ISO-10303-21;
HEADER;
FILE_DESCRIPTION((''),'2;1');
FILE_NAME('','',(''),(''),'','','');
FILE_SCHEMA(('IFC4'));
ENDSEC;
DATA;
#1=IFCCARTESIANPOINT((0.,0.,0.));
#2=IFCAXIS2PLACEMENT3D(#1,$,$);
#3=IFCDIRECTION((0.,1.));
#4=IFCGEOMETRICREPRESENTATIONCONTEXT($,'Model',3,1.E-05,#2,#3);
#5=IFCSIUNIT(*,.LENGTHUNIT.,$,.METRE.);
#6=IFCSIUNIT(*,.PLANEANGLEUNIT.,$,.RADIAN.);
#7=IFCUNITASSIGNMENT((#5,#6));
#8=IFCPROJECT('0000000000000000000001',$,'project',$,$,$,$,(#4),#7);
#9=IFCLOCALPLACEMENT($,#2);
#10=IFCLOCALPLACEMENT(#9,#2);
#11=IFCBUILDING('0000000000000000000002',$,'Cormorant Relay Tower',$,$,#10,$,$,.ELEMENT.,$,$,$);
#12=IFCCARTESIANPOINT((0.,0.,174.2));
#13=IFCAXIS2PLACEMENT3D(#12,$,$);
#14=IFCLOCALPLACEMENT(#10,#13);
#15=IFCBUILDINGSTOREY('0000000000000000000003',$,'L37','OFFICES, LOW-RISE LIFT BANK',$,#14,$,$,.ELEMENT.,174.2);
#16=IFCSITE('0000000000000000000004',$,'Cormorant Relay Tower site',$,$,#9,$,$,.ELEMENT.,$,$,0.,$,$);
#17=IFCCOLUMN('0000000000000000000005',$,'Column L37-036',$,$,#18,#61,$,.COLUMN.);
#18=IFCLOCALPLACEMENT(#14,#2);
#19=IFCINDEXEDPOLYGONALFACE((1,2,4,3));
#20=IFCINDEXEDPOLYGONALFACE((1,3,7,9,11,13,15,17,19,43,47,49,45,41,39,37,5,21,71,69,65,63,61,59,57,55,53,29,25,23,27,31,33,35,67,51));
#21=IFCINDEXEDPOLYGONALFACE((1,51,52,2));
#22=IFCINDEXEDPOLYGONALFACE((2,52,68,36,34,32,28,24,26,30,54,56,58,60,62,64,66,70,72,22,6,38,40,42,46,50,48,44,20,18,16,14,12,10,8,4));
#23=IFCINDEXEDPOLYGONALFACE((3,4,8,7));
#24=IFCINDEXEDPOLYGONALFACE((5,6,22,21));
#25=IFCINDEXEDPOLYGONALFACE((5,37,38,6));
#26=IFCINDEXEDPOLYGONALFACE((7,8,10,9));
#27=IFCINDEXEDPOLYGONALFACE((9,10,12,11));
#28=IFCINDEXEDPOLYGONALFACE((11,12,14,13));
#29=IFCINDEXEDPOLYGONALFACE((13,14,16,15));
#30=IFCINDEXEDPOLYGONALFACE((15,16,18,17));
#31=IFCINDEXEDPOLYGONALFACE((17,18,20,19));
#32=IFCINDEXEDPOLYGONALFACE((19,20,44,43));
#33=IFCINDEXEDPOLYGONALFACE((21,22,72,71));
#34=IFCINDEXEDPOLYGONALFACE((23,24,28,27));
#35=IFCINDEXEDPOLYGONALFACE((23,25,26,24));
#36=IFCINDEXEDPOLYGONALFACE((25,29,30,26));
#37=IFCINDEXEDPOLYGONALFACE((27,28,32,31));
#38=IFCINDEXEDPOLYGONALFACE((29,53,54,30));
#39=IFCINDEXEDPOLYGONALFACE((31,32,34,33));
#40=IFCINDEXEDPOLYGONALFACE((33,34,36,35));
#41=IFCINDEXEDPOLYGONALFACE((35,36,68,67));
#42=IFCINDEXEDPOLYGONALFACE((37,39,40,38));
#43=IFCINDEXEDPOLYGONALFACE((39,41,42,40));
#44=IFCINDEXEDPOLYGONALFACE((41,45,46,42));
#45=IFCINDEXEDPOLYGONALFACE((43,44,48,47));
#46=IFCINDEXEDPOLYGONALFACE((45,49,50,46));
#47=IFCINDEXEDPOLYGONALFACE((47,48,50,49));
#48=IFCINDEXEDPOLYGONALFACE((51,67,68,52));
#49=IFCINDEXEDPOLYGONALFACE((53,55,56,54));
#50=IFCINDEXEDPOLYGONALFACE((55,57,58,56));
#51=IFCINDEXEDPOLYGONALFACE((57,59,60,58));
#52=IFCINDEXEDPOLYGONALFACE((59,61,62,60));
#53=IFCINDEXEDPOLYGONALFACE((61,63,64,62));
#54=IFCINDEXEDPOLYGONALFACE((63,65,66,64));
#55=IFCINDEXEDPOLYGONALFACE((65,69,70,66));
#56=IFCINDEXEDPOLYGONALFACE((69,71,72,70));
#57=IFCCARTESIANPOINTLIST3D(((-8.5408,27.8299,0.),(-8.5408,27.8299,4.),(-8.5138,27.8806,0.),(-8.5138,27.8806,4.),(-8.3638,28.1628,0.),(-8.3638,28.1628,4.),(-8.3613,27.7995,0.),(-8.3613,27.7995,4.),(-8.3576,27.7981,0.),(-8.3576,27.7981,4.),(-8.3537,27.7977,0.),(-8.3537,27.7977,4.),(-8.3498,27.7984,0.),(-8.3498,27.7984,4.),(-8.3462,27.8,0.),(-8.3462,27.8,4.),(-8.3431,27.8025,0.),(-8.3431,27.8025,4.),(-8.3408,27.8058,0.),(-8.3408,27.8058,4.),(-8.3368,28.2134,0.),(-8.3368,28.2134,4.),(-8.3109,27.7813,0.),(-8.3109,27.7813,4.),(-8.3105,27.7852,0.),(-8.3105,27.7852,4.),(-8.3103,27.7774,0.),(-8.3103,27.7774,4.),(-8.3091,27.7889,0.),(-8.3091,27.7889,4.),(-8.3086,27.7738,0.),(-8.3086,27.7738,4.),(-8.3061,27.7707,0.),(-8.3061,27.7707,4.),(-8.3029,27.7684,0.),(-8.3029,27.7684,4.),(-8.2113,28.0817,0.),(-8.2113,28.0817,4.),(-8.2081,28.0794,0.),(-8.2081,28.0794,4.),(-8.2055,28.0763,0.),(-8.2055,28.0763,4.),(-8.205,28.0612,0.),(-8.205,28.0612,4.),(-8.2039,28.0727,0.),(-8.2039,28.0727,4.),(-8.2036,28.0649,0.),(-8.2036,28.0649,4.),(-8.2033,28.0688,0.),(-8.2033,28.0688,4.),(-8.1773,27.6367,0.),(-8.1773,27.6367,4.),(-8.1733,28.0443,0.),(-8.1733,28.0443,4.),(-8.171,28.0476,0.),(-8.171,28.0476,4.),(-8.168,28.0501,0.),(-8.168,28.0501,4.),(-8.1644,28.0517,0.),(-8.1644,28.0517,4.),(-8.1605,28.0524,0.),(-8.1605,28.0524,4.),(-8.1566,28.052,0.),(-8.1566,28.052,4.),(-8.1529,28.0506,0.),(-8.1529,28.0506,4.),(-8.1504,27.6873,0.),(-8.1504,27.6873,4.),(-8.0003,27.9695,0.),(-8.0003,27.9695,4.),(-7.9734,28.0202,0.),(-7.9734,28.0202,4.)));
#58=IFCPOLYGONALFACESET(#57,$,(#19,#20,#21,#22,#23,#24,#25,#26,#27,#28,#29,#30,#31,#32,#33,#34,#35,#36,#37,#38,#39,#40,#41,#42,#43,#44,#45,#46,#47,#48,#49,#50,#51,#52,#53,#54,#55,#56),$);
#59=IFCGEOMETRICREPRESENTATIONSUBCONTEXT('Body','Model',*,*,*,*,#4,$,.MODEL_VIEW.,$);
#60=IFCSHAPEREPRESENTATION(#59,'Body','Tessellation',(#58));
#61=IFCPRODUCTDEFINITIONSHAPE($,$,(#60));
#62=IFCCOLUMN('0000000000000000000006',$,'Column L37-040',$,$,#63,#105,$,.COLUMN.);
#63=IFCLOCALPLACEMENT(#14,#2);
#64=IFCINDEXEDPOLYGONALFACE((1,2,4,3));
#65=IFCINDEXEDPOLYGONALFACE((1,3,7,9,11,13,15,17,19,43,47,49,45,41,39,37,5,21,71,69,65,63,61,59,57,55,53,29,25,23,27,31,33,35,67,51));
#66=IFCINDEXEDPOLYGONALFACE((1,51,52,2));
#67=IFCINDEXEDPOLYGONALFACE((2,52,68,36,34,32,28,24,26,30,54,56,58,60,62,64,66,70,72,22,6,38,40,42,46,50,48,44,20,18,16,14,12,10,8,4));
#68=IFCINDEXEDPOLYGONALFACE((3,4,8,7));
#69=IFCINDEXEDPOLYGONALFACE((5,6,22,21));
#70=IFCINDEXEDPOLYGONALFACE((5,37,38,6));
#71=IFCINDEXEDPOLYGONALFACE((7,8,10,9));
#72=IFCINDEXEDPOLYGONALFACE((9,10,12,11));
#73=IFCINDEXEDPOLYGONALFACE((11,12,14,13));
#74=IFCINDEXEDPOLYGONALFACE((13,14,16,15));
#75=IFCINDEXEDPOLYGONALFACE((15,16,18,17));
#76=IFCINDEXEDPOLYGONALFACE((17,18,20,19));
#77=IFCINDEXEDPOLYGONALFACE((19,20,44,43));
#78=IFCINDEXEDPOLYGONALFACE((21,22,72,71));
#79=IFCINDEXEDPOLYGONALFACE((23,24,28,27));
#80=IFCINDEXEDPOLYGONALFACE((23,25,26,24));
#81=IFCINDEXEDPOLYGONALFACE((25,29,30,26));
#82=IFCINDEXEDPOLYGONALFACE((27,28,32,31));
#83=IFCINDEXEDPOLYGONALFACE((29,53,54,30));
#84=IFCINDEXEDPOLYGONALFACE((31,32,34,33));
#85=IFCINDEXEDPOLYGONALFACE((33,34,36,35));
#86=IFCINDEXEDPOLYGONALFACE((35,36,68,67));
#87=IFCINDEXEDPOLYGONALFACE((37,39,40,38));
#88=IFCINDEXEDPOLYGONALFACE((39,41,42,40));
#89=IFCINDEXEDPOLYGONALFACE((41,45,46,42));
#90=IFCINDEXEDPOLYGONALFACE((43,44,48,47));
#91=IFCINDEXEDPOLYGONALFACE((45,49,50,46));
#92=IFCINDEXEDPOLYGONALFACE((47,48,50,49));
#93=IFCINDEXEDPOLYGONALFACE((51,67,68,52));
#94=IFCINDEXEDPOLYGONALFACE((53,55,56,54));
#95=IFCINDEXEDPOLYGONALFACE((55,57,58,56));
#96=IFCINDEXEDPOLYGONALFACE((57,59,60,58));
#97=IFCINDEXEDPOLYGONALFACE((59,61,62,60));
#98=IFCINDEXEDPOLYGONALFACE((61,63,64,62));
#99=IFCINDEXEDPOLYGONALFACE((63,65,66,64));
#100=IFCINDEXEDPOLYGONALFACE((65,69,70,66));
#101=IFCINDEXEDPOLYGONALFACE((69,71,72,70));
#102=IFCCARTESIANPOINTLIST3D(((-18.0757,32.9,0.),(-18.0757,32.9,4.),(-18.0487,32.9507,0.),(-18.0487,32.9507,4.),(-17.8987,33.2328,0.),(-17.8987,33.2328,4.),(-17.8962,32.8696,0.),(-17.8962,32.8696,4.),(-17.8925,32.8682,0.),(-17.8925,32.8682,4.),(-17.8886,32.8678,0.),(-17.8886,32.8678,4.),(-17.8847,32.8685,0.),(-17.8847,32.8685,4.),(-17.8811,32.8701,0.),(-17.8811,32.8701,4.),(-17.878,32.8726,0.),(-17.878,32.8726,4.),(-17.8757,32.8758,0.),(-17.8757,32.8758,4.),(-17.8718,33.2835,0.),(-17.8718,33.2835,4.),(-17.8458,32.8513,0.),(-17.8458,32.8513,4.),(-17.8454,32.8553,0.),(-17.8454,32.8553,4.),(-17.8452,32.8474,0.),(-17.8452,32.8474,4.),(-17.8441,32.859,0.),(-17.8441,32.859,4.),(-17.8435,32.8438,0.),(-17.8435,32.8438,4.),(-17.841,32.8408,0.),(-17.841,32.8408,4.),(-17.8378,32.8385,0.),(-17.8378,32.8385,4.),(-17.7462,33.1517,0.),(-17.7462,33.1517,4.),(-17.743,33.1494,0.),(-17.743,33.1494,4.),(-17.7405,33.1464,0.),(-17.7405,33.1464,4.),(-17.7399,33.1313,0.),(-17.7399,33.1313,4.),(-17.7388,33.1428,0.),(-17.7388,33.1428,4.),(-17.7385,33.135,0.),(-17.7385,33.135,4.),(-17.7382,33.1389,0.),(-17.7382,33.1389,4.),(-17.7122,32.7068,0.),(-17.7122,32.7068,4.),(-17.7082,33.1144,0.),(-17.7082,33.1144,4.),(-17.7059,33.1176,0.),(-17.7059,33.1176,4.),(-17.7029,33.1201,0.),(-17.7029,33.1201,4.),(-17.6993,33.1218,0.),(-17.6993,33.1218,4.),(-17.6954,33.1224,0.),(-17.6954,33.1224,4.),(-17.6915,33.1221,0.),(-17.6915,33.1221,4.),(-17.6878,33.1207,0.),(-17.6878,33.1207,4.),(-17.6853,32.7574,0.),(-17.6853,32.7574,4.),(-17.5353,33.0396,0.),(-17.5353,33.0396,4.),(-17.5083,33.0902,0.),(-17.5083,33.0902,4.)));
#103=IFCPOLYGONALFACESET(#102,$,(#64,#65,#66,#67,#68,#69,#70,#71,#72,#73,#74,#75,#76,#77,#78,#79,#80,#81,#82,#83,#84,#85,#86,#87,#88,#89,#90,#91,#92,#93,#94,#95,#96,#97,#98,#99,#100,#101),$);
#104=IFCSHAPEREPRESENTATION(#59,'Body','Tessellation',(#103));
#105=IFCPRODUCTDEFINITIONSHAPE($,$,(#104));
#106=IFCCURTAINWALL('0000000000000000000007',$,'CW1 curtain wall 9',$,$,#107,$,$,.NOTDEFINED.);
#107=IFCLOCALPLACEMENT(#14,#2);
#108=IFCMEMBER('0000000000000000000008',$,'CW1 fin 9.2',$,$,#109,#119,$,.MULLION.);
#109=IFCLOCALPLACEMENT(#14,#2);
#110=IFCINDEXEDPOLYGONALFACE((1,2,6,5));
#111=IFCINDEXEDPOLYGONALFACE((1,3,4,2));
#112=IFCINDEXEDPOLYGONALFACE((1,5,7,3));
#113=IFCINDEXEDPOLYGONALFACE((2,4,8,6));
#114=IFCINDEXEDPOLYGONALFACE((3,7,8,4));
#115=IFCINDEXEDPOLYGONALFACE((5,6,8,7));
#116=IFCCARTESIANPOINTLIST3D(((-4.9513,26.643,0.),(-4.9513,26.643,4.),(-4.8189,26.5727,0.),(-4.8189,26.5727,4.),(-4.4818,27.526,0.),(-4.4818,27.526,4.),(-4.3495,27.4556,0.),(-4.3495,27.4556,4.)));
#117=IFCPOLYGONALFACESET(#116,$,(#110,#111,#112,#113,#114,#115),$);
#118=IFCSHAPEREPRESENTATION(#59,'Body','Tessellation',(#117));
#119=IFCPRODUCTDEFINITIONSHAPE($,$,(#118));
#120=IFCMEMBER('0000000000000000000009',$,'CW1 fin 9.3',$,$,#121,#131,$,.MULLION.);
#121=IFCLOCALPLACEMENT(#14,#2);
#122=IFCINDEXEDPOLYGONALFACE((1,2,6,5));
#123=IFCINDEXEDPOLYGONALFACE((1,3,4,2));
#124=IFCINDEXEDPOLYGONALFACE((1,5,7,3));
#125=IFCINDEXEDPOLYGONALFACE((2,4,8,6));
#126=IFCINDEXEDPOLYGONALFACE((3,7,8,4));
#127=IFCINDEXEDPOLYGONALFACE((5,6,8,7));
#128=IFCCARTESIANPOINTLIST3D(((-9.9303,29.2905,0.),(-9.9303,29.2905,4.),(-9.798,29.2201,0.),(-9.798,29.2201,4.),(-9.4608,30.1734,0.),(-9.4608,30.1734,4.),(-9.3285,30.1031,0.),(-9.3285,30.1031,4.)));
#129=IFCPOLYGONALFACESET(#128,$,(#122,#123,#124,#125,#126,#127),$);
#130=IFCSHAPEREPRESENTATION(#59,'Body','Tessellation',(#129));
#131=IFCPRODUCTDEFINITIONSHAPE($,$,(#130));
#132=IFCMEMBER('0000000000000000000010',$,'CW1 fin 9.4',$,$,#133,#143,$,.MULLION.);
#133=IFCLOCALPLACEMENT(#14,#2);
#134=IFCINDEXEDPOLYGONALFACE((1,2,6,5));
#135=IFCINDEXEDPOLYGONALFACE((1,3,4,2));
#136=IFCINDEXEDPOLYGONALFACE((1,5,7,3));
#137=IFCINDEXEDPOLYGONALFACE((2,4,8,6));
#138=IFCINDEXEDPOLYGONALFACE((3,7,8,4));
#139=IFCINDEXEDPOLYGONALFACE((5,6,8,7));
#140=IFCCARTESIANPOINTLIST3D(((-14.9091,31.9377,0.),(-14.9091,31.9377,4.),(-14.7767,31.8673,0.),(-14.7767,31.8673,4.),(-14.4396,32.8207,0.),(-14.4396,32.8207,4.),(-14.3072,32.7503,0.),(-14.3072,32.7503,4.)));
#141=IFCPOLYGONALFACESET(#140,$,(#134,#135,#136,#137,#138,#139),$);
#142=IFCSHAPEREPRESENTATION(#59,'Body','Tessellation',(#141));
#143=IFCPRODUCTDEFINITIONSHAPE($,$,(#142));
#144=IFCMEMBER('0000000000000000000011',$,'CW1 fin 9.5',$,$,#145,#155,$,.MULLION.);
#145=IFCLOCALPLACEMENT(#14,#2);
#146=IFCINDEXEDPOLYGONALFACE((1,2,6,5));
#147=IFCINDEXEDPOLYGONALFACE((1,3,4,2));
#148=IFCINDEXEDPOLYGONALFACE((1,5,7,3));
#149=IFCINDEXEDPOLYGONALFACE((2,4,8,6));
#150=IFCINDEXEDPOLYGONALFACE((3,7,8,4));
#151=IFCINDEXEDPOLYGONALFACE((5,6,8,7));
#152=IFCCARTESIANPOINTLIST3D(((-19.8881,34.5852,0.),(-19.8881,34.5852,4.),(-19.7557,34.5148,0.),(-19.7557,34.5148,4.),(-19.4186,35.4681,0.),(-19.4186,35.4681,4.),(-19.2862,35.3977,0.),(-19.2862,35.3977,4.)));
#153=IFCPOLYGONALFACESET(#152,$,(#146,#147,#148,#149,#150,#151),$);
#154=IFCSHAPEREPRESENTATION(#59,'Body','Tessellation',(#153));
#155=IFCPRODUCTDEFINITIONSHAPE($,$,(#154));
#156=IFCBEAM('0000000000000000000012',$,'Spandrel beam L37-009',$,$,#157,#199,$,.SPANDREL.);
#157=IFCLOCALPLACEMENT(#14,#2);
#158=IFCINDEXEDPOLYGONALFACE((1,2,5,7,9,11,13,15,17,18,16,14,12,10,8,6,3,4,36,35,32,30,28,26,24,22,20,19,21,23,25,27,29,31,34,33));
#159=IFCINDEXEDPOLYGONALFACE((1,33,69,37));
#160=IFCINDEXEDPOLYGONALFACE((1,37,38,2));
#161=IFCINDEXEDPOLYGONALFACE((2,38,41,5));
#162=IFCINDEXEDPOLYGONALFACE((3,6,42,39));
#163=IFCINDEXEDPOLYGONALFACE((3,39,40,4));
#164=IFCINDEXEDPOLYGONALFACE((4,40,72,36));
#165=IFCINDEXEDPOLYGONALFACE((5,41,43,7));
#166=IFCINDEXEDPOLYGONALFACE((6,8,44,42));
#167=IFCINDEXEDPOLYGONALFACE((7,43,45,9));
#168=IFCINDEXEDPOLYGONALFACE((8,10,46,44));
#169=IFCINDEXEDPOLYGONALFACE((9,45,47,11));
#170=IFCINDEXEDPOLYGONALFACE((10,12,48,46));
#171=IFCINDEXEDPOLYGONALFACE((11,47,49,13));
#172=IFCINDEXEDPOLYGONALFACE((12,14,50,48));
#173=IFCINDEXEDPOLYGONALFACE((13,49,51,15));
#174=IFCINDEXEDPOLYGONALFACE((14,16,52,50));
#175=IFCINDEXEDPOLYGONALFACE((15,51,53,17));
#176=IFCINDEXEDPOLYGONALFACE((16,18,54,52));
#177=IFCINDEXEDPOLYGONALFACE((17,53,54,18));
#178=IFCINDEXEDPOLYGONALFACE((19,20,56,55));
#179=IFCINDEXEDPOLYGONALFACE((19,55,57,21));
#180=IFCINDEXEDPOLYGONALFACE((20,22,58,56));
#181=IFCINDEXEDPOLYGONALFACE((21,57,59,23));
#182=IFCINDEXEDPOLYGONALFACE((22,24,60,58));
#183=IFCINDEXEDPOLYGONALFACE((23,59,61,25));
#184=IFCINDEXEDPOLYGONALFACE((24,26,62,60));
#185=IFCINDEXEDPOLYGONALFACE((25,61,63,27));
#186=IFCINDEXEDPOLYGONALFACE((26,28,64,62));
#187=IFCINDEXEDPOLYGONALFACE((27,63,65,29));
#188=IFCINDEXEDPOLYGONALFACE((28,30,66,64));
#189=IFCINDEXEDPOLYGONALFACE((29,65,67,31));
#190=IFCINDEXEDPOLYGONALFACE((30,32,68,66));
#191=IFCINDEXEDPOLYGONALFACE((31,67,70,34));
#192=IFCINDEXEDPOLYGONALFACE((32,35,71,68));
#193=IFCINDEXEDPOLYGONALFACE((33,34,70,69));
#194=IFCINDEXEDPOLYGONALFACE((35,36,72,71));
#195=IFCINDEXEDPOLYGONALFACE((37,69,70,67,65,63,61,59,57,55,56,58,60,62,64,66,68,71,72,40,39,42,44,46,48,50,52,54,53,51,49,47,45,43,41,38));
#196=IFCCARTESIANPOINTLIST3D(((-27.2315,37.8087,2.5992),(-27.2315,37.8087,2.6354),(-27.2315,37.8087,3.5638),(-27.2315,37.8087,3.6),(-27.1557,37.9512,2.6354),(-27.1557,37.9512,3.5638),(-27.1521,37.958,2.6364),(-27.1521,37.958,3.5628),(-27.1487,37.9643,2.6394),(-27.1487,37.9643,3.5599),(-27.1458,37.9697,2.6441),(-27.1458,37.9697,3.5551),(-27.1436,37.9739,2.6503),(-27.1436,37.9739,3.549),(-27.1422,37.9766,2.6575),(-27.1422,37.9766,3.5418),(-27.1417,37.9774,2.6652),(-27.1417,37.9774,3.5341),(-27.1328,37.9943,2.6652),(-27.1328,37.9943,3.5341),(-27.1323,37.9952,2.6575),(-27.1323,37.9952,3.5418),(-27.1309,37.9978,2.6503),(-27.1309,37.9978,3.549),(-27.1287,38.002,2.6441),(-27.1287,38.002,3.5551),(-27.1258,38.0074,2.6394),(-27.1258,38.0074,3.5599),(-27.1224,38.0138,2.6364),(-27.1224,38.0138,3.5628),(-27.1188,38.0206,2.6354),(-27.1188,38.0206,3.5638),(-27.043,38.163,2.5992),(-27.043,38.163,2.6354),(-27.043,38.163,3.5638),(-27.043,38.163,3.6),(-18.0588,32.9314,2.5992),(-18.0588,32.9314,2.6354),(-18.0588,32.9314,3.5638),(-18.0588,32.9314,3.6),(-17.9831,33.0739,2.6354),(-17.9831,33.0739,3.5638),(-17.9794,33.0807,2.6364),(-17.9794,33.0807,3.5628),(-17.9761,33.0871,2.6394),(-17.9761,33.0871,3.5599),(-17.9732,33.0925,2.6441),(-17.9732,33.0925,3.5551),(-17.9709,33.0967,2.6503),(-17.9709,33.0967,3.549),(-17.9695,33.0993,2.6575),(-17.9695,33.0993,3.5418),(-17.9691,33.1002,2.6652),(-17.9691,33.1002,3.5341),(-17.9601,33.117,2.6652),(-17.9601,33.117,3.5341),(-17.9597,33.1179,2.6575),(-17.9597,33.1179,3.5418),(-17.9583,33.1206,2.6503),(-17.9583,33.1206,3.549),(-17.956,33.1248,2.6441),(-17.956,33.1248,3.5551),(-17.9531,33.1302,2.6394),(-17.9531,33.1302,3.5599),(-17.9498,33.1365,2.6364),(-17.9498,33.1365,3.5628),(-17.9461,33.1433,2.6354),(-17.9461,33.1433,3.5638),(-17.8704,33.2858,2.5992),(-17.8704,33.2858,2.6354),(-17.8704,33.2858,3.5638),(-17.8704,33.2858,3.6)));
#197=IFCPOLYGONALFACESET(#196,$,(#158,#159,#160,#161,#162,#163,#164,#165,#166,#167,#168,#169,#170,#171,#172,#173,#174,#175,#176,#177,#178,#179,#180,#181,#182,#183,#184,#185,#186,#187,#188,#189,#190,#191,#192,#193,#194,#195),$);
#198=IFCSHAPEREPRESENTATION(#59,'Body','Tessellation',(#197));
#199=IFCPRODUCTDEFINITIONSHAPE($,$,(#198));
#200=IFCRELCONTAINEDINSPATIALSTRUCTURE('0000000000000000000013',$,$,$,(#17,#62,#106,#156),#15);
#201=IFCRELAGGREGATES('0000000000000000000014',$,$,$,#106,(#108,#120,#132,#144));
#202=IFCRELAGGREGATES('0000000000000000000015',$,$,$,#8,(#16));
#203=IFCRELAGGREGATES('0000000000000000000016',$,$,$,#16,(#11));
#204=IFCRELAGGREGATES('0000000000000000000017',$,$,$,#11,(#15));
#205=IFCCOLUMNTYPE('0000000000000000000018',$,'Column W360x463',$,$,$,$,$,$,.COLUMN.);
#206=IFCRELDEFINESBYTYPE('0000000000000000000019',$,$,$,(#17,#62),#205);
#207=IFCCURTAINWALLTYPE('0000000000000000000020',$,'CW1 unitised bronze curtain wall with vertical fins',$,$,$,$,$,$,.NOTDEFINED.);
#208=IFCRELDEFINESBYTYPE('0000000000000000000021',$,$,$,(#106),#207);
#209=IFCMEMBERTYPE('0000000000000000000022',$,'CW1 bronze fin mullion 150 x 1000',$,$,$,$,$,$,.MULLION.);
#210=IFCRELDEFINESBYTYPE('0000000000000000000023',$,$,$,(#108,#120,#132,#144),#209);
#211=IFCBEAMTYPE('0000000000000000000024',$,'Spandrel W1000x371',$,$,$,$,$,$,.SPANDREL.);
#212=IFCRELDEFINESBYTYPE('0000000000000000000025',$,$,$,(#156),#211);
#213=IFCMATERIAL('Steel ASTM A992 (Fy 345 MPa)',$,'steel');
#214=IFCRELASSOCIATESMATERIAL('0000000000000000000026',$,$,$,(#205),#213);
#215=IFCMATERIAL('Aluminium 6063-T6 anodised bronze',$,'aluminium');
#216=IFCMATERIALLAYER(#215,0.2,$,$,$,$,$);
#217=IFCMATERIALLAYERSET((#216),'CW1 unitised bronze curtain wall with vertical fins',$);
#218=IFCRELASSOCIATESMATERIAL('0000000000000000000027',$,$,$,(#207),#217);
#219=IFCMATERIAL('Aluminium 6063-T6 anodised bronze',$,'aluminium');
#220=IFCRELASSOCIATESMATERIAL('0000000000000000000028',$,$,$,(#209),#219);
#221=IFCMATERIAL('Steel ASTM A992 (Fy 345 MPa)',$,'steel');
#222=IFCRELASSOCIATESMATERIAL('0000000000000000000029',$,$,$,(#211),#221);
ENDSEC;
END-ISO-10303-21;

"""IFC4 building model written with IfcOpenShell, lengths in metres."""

from ifc_helpers import new_model, si_unit, direction, frame, origin, origin_2d, place, context, subcontext, project, spatial, rectangle, i_section, extrude, material, layer, layer_set, material_profile, profile_set, type_object, element, aggregate, save


model = new_model("IFC4")

# Units and contexts
model_context = context("Model", 3, precision=1e-05, world=origin(), true_north=direction((0.0, 1.0)))
body_context = subcontext(model_context, "Body", "Model", "MODEL_VIEW")
ifc_project = project(units=[si_unit("LENGTHUNIT", "METRE"), si_unit("PLANEANGLEUNIT", "RADIAN")], contexts=[model_context])

# Site, building, storey
site_placement = place(None, origin())
site = spatial("IfcSite", under=ifc_project, at=site_placement, Name="Cormorant Relay Tower site", CompositionType="ELEMENT", RefElevation=0.0)
building_placement = place(site_placement, origin())
building = spatial("IfcBuilding", under=site, at=building_placement, Name="Cormorant Relay Tower", CompositionType="ELEMENT")
storey_placement = place(building_placement, frame((0.0, 0.0, 174.2)))
storey = spatial("IfcBuildingStorey", under=building, at=storey_placement, Name="L37", Description="OFFICES, LOW-RISE LIFT BANK", CompositionType="ELEMENT", Elevation=174.2)

# Columns
ifc_material_1 = material(Name="Steel ASTM A992 (Fy 345 MPa)", Category="steel")
ifc_material_profile_1 = material_profile(ifc_material_1, i_section(OverallWidth=0.4116, OverallDepth=0.4343, WebThickness=0.0359, FlangeThickness=0.0574, FilletRadius=0.0151, at=origin_2d()), Name="W360x463")
ifc_profile_set_1 = profile_set([ifc_material_profile_1], Name="Steel ASTM A992 (Fy 345 MPa)")
column_type = type_object("IfcColumnType", Name="Column W360x463", PredefinedType="COLUMN", material=ifc_profile_set_1)
for number, where, z_axis, x_axis, name in (
    (1, (-8.2571, 27.925, 0.0), (0.0, 0.0, 1.0), (-0.882948, 0.469472, 0.0), "Column L37-036"),
    (2, (-17.792, 32.9951, 0.0), (0.0, 0.0, 1.0), (-0.882948, 0.469472, 0.0), "Column L37-040"),
):
    element("IfcColumn", number, at=place(storey_placement, frame(where, z_axis=z_axis, x_axis=x_axis)), inside=storey, type_object=column_type, Name=name, PredefinedType="COLUMN", context=body_context, shape_type="SweptSolid", body=[
        extrude(i_section(OverallWidth=0.4116, OverallDepth=0.4343, WebThickness=0.0359, FlangeThickness=0.0574, FilletRadius=0.0151, at=origin_2d()), origin(), (0.0, 0.0, 1.0), 4.0),
    ])

# Curtain wall, members
ifc_material_2 = material(Name="Aluminium 6063-T6 anodised bronze", Category="aluminium")
ifc_layer_1 = layer(ifc_material_2, 0.2)
ifc_layer_set_1 = layer_set([ifc_layer_1], Name="CW1 unitised bronze curtain wall with vertical fins")
curtain_wall_type = type_object("IfcCurtainWallType", Name="CW1 unitised bronze curtain wall with vertical fins", PredefinedType="NOTDEFINED", material=ifc_layer_set_1)
curtain_wall_placement = place(storey_placement, origin())
curtain_wall = element("IfcCurtainWall", 3, at=curtain_wall_placement, inside=storey, type_object=curtain_wall_type, Name="CW1 curtain wall 9", PredefinedType="NOTDEFINED")
ifc_material_3 = material(Name="Aluminium 6063-T6 anodised bronze", Category="aluminium")
ifc_material_profile_2 = material_profile(ifc_material_3, rectangle(XDim=0.1499, YDim=1.0, at=origin_2d()), Name="AL 150x1000")
ifc_profile_set_2 = profile_set([ifc_material_profile_2], Name="Aluminium 6063-T6 anodised bronze")
member_type = type_object("IfcMemberType", Name="CW1 bronze fin mullion 150 x 1000", PredefinedType="MULLION", material=ifc_profile_set_2)
member_1_placement = place(storey_placement, frame((-4.6504, 27.0493, 0.0), z_axis=(0.0, 0.0, 1.0), x_axis=(-0.882948, 0.469472, 0.0)))
member_1 = element("IfcMember", 4, at=member_1_placement, type_object=member_type, Name="CW1 fin 9.2", PredefinedType="MULLION", context=body_context, shape_type="SweptSolid", body=[
    extrude(rectangle(XDim=0.1499, YDim=1.0, at=origin_2d()), origin(), (0.0, 0.0, 1.0), 4.0),
])
member_2_placement = place(storey_placement, frame((-9.6294, 29.6968, 0.0), z_axis=(0.0, 0.0, 1.0), x_axis=(-0.882948, 0.469472, 0.0)))
member_2 = element("IfcMember", 5, at=member_2_placement, type_object=member_type, Name="CW1 fin 9.3", PredefinedType="MULLION", context=body_context, shape_type="SweptSolid", body=[
    extrude(rectangle(XDim=0.1499, YDim=1.0, at=origin_2d()), origin(), (0.0, 0.0, 1.0), 4.0),
])
member_3_placement = place(storey_placement, frame((-14.6082, 32.344, 0.0), z_axis=(0.0, 0.0, 1.0), x_axis=(-0.882948, 0.469472, 0.0)))
member_3 = element("IfcMember", 6, at=member_3_placement, type_object=member_type, Name="CW1 fin 9.4", PredefinedType="MULLION", context=body_context, shape_type="SweptSolid", body=[
    extrude(rectangle(XDim=0.1499, YDim=1.0, at=origin_2d()), origin(), (0.0, 0.0, 1.0), 4.0),
])
member_4_placement = place(storey_placement, frame((-19.5872, 34.9915, 0.0), z_axis=(0.0, 0.0, 1.0), x_axis=(-0.882948, 0.469472, 0.0)))
member_4 = element("IfcMember", 7, at=member_4_placement, type_object=member_type, Name="CW1 fin 9.5", PredefinedType="MULLION", context=body_context, shape_type="SweptSolid", body=[
    extrude(rectangle(XDim=0.1499, YDim=1.0, at=origin_2d()), origin(), (0.0, 0.0, 1.0), 4.0),
])

# Beam
ifc_material_4 = material(Name="Steel ASTM A992 (Fy 345 MPa)", Category="steel")
ifc_material_profile_3 = material_profile(ifc_material_4, i_section(OverallWidth=0.4014, OverallDepth=1.0007, WebThickness=0.019, FlangeThickness=0.0361, FilletRadius=0.0298, at=origin_2d()), Name="W1000x371")
ifc_profile_set_3 = profile_set([ifc_material_profile_3], Name="Steel ASTM A992 (Fy 345 MPa)")
beam_type_1 = type_object("IfcBeamType", Name="Spandrel W1000x371", PredefinedType="SPANDREL", material=ifc_profile_set_3)
beam_1_placement = place(storey_placement, frame((-17.9646, 33.1086, 3.0996), z_axis=(-0.882946, 0.469474, 0.0), x_axis=(-0.469474, -0.882946, 0.0)))
element("IfcBeam", 8, at=beam_1_placement, inside=storey, type_object=beam_type_1, Name="Spandrel beam L37-009", PredefinedType="SPANDREL", context=body_context, shape_type="SweptSolid", body=[
    extrude(i_section(OverallWidth=0.4014, OverallDepth=1.0007, WebThickness=0.019, FlangeThickness=0.0361, FilletRadius=0.0298, at=origin_2d()), origin(), (0.0, 0.0, 1.0), 10.3887),
])

aggregate(curtain_wall, [member_1, member_2, member_3, member_4])

save(model, "model.ifc")
